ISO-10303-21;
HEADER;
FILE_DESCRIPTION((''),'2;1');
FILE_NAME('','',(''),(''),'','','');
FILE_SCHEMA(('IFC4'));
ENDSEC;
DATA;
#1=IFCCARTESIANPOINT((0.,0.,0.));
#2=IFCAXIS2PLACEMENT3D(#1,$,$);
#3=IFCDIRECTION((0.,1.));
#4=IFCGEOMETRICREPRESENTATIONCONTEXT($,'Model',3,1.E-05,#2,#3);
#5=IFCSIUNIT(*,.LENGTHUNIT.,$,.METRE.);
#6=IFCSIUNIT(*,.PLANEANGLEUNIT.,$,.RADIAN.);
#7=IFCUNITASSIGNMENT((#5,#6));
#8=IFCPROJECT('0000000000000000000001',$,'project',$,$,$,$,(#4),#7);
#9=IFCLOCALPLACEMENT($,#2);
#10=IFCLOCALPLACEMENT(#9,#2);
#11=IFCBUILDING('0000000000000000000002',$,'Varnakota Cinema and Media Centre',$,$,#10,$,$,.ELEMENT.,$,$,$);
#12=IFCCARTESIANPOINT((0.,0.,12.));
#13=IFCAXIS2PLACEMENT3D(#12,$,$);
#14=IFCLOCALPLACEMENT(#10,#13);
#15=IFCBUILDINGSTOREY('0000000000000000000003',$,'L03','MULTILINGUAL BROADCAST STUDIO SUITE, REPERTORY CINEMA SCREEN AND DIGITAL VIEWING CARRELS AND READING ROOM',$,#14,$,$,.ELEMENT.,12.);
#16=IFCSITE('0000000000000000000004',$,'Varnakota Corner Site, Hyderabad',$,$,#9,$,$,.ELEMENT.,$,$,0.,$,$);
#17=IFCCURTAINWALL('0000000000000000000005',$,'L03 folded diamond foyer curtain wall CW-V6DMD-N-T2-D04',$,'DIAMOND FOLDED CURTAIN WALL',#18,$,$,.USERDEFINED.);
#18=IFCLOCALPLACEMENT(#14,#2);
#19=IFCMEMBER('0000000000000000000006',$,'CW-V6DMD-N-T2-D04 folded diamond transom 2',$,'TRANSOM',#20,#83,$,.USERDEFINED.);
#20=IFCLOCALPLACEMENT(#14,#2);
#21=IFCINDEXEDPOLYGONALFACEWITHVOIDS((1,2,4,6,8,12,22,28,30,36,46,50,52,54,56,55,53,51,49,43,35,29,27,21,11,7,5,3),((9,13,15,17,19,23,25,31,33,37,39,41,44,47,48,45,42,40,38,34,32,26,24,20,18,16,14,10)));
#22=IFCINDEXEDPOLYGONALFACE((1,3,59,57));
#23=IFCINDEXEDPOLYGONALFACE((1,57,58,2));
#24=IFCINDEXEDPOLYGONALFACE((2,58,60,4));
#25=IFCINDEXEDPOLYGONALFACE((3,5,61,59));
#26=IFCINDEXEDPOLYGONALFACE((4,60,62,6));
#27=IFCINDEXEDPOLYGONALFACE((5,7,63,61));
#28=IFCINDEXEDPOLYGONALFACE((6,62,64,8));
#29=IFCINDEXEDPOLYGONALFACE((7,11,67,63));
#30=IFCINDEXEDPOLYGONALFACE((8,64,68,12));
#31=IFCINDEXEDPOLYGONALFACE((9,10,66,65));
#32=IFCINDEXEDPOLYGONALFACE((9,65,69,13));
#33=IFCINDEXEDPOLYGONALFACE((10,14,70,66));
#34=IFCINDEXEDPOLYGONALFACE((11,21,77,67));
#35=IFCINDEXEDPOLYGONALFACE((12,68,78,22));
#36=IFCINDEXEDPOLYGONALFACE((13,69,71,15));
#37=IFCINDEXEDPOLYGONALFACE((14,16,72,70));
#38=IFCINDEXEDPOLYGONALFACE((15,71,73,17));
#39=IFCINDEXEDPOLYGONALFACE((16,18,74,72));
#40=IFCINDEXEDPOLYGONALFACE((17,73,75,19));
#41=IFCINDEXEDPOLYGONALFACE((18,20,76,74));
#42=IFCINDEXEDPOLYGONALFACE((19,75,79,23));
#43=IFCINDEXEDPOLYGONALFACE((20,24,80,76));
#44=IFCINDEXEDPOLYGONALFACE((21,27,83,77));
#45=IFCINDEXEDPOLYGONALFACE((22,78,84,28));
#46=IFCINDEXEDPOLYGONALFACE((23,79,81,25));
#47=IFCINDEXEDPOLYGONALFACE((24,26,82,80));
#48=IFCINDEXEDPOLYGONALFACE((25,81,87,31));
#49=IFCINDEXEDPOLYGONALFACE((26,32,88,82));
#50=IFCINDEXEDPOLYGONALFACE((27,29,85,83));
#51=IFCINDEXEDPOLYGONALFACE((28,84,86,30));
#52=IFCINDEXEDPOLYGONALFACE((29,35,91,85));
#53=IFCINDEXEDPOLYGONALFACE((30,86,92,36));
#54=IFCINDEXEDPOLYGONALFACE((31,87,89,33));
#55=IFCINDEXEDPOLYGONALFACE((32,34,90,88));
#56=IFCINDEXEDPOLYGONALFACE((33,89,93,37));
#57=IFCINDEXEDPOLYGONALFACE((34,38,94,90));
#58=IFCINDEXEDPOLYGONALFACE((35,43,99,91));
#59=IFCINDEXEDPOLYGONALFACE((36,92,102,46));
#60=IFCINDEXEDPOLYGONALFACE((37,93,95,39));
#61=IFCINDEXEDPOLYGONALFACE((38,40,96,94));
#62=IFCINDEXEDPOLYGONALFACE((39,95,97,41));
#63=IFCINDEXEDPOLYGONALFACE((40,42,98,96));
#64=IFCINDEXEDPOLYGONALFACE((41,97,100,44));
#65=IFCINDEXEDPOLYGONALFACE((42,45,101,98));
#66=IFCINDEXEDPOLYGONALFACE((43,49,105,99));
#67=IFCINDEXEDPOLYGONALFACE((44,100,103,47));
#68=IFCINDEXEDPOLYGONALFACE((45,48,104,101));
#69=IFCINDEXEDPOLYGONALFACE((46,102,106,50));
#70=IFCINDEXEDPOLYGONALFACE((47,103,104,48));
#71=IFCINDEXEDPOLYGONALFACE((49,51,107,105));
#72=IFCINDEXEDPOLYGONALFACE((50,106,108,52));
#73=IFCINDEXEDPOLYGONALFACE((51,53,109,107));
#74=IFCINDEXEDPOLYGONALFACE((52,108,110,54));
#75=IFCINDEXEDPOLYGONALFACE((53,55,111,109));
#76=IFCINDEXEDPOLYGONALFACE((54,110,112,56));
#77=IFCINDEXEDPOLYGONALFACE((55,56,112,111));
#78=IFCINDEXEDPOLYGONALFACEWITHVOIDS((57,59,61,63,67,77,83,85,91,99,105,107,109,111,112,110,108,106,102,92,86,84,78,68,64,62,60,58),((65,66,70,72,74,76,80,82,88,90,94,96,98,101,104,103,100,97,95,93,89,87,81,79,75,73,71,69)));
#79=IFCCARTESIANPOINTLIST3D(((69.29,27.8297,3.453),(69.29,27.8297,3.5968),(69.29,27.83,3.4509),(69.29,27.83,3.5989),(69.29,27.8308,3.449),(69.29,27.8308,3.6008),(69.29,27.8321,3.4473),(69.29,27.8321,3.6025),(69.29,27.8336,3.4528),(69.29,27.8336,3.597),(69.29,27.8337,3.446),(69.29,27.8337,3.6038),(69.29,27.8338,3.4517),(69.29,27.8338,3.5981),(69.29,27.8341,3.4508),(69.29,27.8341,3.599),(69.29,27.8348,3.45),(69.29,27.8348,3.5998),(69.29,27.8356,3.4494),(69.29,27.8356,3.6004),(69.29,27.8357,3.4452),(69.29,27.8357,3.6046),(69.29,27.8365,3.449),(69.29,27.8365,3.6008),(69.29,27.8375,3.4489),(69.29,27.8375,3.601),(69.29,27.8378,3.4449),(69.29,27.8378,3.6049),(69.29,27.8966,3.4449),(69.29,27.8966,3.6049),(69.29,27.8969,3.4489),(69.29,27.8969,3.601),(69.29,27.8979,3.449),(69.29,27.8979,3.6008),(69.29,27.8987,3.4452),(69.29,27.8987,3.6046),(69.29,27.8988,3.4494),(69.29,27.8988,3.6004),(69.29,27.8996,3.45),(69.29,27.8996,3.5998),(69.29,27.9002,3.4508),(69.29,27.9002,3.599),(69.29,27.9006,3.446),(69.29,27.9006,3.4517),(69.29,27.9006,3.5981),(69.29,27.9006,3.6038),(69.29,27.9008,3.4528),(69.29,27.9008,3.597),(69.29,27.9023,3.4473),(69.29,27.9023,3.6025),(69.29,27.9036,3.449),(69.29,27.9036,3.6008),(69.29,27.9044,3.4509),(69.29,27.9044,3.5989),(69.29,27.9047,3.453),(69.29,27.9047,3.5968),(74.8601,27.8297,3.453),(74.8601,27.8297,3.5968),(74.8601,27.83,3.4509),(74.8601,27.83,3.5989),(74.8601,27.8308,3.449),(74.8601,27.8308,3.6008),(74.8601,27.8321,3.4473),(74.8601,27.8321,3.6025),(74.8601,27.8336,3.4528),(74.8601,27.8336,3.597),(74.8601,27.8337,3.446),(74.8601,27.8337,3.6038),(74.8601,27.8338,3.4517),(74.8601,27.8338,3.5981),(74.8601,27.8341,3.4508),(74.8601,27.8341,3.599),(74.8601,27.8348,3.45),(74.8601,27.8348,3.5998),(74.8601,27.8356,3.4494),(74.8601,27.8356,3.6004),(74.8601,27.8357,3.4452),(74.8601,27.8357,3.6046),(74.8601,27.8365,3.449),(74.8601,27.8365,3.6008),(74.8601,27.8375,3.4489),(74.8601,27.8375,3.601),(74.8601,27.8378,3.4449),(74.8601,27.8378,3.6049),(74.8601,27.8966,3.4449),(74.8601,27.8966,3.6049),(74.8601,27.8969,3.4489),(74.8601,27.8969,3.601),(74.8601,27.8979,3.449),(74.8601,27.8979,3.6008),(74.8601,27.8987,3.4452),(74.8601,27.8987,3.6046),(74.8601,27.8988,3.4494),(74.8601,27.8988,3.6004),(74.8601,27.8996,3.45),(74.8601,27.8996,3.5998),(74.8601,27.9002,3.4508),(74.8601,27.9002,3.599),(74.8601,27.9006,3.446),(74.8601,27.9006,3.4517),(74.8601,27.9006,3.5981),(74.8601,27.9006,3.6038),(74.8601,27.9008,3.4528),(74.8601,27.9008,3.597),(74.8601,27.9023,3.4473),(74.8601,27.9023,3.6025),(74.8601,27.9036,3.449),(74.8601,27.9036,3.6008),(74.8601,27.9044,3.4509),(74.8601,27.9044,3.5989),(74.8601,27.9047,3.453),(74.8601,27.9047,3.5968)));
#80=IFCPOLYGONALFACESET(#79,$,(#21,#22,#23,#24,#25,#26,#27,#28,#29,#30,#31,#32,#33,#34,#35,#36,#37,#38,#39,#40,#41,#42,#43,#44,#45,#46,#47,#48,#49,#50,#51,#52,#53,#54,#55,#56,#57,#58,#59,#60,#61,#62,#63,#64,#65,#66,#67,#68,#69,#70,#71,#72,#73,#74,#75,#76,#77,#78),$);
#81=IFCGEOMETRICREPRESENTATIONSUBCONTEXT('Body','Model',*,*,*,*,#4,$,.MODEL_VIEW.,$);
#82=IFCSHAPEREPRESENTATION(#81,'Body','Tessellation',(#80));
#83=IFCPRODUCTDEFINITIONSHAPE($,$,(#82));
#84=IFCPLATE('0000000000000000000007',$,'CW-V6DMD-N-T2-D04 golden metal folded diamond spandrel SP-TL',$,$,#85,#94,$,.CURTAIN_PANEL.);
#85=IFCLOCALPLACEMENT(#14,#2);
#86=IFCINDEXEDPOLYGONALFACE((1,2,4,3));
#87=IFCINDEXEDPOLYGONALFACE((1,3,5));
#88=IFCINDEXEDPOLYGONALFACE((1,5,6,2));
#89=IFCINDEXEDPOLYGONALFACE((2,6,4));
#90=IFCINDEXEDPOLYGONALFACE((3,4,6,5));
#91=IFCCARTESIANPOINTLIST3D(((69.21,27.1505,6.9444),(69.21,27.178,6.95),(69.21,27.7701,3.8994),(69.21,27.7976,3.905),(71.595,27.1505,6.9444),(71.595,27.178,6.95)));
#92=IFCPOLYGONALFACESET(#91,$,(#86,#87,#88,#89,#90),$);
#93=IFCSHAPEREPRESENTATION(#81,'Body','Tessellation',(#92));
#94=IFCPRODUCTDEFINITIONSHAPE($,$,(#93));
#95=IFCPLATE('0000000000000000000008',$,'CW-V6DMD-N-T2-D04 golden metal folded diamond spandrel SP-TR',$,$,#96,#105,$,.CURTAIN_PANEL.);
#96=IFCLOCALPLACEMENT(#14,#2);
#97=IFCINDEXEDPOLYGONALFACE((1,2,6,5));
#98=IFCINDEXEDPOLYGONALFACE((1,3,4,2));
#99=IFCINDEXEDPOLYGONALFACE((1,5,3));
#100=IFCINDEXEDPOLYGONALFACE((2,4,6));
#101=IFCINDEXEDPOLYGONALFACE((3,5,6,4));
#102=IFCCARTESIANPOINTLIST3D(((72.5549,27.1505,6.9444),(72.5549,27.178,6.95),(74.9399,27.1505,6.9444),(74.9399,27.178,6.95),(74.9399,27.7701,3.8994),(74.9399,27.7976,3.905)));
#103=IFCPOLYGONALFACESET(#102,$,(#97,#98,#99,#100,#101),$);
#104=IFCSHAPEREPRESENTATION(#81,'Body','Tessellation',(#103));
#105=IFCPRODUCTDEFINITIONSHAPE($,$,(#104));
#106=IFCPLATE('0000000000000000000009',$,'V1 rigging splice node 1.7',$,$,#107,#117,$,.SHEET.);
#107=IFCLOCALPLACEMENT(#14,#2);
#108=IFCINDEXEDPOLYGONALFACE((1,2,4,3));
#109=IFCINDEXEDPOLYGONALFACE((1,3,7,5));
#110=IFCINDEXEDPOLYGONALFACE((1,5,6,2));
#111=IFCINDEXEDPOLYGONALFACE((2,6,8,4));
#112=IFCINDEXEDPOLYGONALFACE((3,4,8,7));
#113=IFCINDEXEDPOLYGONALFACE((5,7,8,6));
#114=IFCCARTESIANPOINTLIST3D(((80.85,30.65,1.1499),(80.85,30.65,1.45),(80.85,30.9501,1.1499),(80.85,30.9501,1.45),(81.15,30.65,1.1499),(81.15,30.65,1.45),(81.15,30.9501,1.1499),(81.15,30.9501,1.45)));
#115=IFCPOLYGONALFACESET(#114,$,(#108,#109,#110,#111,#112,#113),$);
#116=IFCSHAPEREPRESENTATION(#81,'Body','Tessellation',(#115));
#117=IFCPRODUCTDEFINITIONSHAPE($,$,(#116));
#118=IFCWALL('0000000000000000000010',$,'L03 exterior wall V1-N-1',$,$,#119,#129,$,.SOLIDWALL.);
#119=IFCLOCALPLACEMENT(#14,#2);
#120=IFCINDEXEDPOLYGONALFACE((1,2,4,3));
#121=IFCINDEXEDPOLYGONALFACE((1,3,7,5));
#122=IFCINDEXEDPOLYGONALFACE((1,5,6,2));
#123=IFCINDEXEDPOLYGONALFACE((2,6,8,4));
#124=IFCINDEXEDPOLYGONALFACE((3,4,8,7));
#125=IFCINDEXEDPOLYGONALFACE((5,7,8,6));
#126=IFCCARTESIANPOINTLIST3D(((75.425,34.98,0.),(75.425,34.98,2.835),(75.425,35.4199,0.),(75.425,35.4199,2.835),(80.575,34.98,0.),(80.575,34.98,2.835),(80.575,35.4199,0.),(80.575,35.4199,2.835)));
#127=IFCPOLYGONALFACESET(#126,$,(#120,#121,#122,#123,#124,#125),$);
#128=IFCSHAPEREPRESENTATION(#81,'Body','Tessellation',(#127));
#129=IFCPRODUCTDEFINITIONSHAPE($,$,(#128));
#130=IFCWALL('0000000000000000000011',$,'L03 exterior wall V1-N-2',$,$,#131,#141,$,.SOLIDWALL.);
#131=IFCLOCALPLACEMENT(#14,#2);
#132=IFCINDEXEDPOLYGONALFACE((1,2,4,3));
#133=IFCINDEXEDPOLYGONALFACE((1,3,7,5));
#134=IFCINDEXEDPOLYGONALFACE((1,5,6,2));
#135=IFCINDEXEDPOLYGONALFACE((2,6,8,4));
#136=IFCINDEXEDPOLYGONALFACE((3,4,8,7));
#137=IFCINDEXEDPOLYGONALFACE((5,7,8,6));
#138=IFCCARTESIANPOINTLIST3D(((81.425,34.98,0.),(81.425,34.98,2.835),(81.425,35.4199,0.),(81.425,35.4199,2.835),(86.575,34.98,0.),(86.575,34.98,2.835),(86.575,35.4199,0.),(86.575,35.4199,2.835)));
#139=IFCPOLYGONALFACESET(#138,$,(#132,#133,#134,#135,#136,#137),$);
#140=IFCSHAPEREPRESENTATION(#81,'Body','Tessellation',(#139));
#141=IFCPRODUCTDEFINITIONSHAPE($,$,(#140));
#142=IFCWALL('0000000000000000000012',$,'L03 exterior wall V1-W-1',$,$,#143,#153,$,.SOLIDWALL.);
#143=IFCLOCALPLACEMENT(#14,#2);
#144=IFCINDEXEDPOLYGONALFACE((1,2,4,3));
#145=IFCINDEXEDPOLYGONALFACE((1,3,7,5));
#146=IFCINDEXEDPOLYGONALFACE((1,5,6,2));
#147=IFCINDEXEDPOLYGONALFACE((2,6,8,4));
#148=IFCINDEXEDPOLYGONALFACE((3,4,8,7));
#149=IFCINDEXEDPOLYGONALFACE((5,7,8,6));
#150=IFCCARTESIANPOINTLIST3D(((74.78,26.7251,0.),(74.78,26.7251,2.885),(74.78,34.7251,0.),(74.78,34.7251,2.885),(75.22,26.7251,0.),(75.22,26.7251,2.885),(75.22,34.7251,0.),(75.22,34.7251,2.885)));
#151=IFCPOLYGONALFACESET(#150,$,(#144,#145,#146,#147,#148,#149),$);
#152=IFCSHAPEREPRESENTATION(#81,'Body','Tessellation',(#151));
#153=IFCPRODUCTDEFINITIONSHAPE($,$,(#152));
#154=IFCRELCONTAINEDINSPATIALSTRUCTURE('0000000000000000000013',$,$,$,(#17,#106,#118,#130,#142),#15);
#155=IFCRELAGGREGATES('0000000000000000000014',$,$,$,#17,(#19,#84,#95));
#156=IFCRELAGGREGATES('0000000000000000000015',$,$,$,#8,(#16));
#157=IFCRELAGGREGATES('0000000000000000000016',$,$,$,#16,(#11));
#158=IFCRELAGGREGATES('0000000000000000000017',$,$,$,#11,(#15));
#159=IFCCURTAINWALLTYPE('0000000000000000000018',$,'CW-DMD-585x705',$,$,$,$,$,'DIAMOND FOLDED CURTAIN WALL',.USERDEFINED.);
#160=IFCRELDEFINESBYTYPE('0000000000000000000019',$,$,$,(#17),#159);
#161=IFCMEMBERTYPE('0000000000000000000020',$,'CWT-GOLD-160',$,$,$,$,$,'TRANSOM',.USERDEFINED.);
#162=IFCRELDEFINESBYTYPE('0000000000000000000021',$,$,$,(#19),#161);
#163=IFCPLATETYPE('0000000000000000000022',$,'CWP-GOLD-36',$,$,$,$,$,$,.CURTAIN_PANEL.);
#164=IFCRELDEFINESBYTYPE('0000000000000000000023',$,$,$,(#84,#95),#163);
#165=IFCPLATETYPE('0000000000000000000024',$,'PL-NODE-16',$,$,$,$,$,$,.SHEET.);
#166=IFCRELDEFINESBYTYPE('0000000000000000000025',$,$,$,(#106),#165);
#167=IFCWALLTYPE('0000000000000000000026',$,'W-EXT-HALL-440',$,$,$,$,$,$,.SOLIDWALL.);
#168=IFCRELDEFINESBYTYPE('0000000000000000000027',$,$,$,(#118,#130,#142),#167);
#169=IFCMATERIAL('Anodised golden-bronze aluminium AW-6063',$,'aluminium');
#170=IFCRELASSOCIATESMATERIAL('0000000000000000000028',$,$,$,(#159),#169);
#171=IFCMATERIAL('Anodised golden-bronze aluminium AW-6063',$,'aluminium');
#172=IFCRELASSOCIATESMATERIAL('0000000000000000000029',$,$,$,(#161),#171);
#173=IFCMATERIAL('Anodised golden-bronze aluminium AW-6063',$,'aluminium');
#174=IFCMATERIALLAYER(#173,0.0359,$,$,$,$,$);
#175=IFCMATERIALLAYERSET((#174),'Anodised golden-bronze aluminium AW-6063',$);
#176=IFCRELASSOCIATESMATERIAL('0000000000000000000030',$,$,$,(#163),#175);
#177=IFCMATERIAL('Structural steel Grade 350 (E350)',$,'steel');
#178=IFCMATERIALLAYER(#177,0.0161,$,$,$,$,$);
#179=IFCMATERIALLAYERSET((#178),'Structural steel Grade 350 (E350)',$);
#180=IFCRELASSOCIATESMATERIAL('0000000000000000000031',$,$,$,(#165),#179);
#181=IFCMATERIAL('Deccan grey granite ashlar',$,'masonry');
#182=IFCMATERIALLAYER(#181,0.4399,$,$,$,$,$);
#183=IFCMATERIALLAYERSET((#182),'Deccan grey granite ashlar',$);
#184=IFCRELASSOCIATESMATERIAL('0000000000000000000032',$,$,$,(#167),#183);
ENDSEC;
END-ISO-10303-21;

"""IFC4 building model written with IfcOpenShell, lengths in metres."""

from ifc_helpers import new_model, si_unit, direction, frame, frame_2d, origin, origin_2d, place, context, subcontext, project, spatial, polyline, rectangle, hollow_rectangle, outline, extrude, material, layer, layer_set, material_profile, profile_set, type_object, element, aggregate, save


model = new_model("IFC4")

# Units and contexts
model_context = context("Model", 3, precision=1e-05, world=origin(), true_north=direction((0.0, 1.0)))
body_context = subcontext(model_context, "Body", "Model", "MODEL_VIEW")
ifc_project = project(units=[si_unit("LENGTHUNIT", "METRE"), si_unit("PLANEANGLEUNIT", "RADIAN")], contexts=[model_context])

# Site, building, storey
site_placement = place(None, origin())
site = spatial("IfcSite", under=ifc_project, at=site_placement, Name="Varnakota Corner Site, Hyderabad", CompositionType="ELEMENT", RefElevation=0.0)
building_placement = place(site_placement, origin())
building = spatial("IfcBuilding", under=site, at=building_placement, Name="Varnakota Cinema and Media Centre", CompositionType="ELEMENT")
storey_placement = place(building_placement, frame((0.0, 0.0, 12.0)))
storey = spatial("IfcBuildingStorey", under=building, at=storey_placement, Name="L03", Description="MULTILINGUAL BROADCAST STUDIO SUITE, REPERTORY CINEMA SCREEN AND DIGITAL VIEWING CARRELS AND READING ROOM", CompositionType="ELEMENT", Elevation=12.0)

# Shared definitions
ifc_material_1 = material(Name="Anodised golden-bronze aluminium AW-6063", Category="aluminium")
curtain_wall_type = type_object("IfcCurtainWallType", Name="CW-DMD-585x705", ElementType="DIAMOND FOLDED CURTAIN WALL", PredefinedType="USERDEFINED", material=ifc_material_1)

# Curtain wall
curtain_wall_1_placement = place(storey_placement, origin())
curtain_wall_1 = element("IfcCurtainWall", 1, at=curtain_wall_1_placement, inside=storey, type_object=curtain_wall_type, Name="L03 folded diamond foyer curtain wall CW-V6DMD-N-T2-D04", ObjectType="DIAMOND FOLDED CURTAIN WALL", PredefinedType="USERDEFINED")

# Member
ifc_material_2 = material(Name="Anodised golden-bronze aluminium AW-6063", Category="aluminium")
ifc_material_profile_1 = material_profile(ifc_material_2, hollow_rectangle(XDim=0.075, YDim=0.1599, WallThickness=0.0039, InnerFilletRadius=0.0039, OuterFilletRadius=0.0081, at=origin_2d()), Name="AL-TRANSOM 160x75x4")
ifc_profile_set_1 = profile_set([ifc_material_profile_1], Name="Anodised golden-bronze aluminium AW-6063")
member_type_1 = type_object("IfcMemberType", Name="CWT-GOLD-160", ElementType="TRANSOM", PredefinedType="USERDEFINED", material=ifc_profile_set_1)
member_1_placement = place(storey_placement, frame((69.29, 27.8672, 3.5249), z_axis=(1.0, 0.0, 0.0), x_axis=(0.0, 1.0, 0.0)))
member_1 = element("IfcMember", 2, at=member_1_placement, type_object=member_type_1, Name="CW-V6DMD-N-T2-D04 folded diamond transom 2", ObjectType="TRANSOM", PredefinedType="USERDEFINED", context=body_context, shape_type="SweptSolid", body=[
    extrude(hollow_rectangle(XDim=0.075, YDim=0.1599, WallThickness=0.0039, InnerFilletRadius=0.0039, OuterFilletRadius=0.0081, at=origin_2d()), origin(), (0.0, 0.0, 1.0), 5.5701),
])

# Plates
ifc_material_3 = material(Name="Anodised golden-bronze aluminium AW-6063", Category="aluminium")
ifc_layer_1 = layer(ifc_material_3, 0.0359)
ifc_layer_set_1 = layer_set([ifc_layer_1], Name="Anodised golden-bronze aluminium AW-6063")
plate_type_1 = type_object("IfcPlateType", Name="CWP-GOLD-36", PredefinedType="CURTAIN_PANEL", material=ifc_layer_set_1)
plate_1_placement = place(storey_placement, frame((69.21, 27.7976, 3.905), z_axis=(0.0, 0.979916, 0.199409), x_axis=(0.60887, -0.158185, 0.777339)))
plate_1 = element("IfcPlate", 3, at=plate_1_placement, type_object=plate_type_1, Name="CW-V6DMD-N-T2-D04 golden metal folded diamond spandrel SP-TL", PredefinedType="CURTAIN_PANEL", context=body_context, shape_type="SweptSolid", body=[
    extrude(outline(polyline([(0.0, 0.0), (3.9171, 0.0), (2.465, -1.892), (0.0, 0.0)])), origin(), (0.0, 0.0, -1.0), 0.0281),
])
plate_2_placement = place(storey_placement, frame((74.9399, 27.7976, 3.905), z_axis=(0.0, 0.979916, 0.199409), x_axis=(0.0, -0.199409, 0.979916)))
plate_2 = element("IfcPlate", 4, at=plate_2_placement, type_object=plate_type_1, Name="CW-V6DMD-N-T2-D04 golden metal folded diamond spandrel SP-TR", PredefinedType="CURTAIN_PANEL", context=body_context, shape_type="SweptSolid", body=[
    extrude(outline(polyline([(0.0, 0.0), (3.1073, 0.0), (3.1073, -2.385), (0.0, 0.0)])), origin(), (0.0, 0.0, -1.0), 0.0281),
])
aggregate(curtain_wall_1, [member_1, plate_1, plate_2])
ifc_material_4 = material(Name="Structural steel Grade 350 (E350)", Category="steel")
ifc_layer_2 = layer(ifc_material_4, 0.0161)
ifc_layer_set_2 = layer_set([ifc_layer_2], Name="Structural steel Grade 350 (E350)")
plate_type_2 = type_object("IfcPlateType", Name="PL-NODE-16", PredefinedType="SHEET", material=ifc_layer_set_2)
plate_3_placement = place(storey_placement, frame((81.0, 30.8, 1.1499), z_axis=(0.0, 0.0, 1.0), x_axis=(1.0, 0.0, 0.0)))
element("IfcPlate", 5, at=plate_3_placement, inside=storey, type_object=plate_type_2, Name="V1 rigging splice node 1.7", PredefinedType="SHEET", context=body_context, shape_type="SweptSolid", body=[
    extrude(rectangle(XDim=0.3, YDim=0.3, at=origin_2d()), origin(), (0.0, 0.0, 1.0), 0.3),
])

# Walls
ifc_material_5 = material(Name="Deccan grey granite ashlar", Category="masonry")
ifc_layer_3 = layer(ifc_material_5, 0.4399)
ifc_layer_set_3 = layer_set([ifc_layer_3], Name="Deccan grey granite ashlar")
wall_type = type_object("IfcWallType", Name="W-EXT-HALL-440", PredefinedType="SOLIDWALL", material=ifc_layer_set_3)
for number, where, z_axis, x_axis, name in (
    (6, (75.425, 35.2, 0.0), (0.0, 0.0, 1.0), (1.0, 0.0, 0.0), "L03 exterior wall V1-N-1"),
    (7, (81.425, 35.2, 0.0), (0.0, 0.0, 1.0), (1.0, 0.0, 0.0), "L03 exterior wall V1-N-2"),
):
    element("IfcWall", number, at=place(storey_placement, frame(where, z_axis=z_axis, x_axis=x_axis)), inside=storey, type_object=wall_type, Name=name, PredefinedType="SOLIDWALL", context=body_context, shape_type="SweptSolid", body=[
        extrude(rectangle(XDim=5.1499, YDim=0.4399, at=frame_2d((2.575, 0.0))), origin(), (0.0, 0.0, 1.0), 2.835),
    ])
wall_placement = place(storey_placement, frame((75.0, 34.7251, 0.0), z_axis=(0.0, 0.0, 1.0), x_axis=(0.0, -1.0, 0.0)))
element("IfcWall", 8, at=wall_placement, inside=storey, type_object=wall_type, Name="L03 exterior wall V1-W-1", PredefinedType="SOLIDWALL", context=body_context, shape_type="SweptSolid", body=[
    extrude(rectangle(XDim=8.0, YDim=0.4399, at=frame_2d((4.0, 0.0))), origin(), (0.0, 0.0, 1.0), 2.885),
])

save(model, "model.ifc")
